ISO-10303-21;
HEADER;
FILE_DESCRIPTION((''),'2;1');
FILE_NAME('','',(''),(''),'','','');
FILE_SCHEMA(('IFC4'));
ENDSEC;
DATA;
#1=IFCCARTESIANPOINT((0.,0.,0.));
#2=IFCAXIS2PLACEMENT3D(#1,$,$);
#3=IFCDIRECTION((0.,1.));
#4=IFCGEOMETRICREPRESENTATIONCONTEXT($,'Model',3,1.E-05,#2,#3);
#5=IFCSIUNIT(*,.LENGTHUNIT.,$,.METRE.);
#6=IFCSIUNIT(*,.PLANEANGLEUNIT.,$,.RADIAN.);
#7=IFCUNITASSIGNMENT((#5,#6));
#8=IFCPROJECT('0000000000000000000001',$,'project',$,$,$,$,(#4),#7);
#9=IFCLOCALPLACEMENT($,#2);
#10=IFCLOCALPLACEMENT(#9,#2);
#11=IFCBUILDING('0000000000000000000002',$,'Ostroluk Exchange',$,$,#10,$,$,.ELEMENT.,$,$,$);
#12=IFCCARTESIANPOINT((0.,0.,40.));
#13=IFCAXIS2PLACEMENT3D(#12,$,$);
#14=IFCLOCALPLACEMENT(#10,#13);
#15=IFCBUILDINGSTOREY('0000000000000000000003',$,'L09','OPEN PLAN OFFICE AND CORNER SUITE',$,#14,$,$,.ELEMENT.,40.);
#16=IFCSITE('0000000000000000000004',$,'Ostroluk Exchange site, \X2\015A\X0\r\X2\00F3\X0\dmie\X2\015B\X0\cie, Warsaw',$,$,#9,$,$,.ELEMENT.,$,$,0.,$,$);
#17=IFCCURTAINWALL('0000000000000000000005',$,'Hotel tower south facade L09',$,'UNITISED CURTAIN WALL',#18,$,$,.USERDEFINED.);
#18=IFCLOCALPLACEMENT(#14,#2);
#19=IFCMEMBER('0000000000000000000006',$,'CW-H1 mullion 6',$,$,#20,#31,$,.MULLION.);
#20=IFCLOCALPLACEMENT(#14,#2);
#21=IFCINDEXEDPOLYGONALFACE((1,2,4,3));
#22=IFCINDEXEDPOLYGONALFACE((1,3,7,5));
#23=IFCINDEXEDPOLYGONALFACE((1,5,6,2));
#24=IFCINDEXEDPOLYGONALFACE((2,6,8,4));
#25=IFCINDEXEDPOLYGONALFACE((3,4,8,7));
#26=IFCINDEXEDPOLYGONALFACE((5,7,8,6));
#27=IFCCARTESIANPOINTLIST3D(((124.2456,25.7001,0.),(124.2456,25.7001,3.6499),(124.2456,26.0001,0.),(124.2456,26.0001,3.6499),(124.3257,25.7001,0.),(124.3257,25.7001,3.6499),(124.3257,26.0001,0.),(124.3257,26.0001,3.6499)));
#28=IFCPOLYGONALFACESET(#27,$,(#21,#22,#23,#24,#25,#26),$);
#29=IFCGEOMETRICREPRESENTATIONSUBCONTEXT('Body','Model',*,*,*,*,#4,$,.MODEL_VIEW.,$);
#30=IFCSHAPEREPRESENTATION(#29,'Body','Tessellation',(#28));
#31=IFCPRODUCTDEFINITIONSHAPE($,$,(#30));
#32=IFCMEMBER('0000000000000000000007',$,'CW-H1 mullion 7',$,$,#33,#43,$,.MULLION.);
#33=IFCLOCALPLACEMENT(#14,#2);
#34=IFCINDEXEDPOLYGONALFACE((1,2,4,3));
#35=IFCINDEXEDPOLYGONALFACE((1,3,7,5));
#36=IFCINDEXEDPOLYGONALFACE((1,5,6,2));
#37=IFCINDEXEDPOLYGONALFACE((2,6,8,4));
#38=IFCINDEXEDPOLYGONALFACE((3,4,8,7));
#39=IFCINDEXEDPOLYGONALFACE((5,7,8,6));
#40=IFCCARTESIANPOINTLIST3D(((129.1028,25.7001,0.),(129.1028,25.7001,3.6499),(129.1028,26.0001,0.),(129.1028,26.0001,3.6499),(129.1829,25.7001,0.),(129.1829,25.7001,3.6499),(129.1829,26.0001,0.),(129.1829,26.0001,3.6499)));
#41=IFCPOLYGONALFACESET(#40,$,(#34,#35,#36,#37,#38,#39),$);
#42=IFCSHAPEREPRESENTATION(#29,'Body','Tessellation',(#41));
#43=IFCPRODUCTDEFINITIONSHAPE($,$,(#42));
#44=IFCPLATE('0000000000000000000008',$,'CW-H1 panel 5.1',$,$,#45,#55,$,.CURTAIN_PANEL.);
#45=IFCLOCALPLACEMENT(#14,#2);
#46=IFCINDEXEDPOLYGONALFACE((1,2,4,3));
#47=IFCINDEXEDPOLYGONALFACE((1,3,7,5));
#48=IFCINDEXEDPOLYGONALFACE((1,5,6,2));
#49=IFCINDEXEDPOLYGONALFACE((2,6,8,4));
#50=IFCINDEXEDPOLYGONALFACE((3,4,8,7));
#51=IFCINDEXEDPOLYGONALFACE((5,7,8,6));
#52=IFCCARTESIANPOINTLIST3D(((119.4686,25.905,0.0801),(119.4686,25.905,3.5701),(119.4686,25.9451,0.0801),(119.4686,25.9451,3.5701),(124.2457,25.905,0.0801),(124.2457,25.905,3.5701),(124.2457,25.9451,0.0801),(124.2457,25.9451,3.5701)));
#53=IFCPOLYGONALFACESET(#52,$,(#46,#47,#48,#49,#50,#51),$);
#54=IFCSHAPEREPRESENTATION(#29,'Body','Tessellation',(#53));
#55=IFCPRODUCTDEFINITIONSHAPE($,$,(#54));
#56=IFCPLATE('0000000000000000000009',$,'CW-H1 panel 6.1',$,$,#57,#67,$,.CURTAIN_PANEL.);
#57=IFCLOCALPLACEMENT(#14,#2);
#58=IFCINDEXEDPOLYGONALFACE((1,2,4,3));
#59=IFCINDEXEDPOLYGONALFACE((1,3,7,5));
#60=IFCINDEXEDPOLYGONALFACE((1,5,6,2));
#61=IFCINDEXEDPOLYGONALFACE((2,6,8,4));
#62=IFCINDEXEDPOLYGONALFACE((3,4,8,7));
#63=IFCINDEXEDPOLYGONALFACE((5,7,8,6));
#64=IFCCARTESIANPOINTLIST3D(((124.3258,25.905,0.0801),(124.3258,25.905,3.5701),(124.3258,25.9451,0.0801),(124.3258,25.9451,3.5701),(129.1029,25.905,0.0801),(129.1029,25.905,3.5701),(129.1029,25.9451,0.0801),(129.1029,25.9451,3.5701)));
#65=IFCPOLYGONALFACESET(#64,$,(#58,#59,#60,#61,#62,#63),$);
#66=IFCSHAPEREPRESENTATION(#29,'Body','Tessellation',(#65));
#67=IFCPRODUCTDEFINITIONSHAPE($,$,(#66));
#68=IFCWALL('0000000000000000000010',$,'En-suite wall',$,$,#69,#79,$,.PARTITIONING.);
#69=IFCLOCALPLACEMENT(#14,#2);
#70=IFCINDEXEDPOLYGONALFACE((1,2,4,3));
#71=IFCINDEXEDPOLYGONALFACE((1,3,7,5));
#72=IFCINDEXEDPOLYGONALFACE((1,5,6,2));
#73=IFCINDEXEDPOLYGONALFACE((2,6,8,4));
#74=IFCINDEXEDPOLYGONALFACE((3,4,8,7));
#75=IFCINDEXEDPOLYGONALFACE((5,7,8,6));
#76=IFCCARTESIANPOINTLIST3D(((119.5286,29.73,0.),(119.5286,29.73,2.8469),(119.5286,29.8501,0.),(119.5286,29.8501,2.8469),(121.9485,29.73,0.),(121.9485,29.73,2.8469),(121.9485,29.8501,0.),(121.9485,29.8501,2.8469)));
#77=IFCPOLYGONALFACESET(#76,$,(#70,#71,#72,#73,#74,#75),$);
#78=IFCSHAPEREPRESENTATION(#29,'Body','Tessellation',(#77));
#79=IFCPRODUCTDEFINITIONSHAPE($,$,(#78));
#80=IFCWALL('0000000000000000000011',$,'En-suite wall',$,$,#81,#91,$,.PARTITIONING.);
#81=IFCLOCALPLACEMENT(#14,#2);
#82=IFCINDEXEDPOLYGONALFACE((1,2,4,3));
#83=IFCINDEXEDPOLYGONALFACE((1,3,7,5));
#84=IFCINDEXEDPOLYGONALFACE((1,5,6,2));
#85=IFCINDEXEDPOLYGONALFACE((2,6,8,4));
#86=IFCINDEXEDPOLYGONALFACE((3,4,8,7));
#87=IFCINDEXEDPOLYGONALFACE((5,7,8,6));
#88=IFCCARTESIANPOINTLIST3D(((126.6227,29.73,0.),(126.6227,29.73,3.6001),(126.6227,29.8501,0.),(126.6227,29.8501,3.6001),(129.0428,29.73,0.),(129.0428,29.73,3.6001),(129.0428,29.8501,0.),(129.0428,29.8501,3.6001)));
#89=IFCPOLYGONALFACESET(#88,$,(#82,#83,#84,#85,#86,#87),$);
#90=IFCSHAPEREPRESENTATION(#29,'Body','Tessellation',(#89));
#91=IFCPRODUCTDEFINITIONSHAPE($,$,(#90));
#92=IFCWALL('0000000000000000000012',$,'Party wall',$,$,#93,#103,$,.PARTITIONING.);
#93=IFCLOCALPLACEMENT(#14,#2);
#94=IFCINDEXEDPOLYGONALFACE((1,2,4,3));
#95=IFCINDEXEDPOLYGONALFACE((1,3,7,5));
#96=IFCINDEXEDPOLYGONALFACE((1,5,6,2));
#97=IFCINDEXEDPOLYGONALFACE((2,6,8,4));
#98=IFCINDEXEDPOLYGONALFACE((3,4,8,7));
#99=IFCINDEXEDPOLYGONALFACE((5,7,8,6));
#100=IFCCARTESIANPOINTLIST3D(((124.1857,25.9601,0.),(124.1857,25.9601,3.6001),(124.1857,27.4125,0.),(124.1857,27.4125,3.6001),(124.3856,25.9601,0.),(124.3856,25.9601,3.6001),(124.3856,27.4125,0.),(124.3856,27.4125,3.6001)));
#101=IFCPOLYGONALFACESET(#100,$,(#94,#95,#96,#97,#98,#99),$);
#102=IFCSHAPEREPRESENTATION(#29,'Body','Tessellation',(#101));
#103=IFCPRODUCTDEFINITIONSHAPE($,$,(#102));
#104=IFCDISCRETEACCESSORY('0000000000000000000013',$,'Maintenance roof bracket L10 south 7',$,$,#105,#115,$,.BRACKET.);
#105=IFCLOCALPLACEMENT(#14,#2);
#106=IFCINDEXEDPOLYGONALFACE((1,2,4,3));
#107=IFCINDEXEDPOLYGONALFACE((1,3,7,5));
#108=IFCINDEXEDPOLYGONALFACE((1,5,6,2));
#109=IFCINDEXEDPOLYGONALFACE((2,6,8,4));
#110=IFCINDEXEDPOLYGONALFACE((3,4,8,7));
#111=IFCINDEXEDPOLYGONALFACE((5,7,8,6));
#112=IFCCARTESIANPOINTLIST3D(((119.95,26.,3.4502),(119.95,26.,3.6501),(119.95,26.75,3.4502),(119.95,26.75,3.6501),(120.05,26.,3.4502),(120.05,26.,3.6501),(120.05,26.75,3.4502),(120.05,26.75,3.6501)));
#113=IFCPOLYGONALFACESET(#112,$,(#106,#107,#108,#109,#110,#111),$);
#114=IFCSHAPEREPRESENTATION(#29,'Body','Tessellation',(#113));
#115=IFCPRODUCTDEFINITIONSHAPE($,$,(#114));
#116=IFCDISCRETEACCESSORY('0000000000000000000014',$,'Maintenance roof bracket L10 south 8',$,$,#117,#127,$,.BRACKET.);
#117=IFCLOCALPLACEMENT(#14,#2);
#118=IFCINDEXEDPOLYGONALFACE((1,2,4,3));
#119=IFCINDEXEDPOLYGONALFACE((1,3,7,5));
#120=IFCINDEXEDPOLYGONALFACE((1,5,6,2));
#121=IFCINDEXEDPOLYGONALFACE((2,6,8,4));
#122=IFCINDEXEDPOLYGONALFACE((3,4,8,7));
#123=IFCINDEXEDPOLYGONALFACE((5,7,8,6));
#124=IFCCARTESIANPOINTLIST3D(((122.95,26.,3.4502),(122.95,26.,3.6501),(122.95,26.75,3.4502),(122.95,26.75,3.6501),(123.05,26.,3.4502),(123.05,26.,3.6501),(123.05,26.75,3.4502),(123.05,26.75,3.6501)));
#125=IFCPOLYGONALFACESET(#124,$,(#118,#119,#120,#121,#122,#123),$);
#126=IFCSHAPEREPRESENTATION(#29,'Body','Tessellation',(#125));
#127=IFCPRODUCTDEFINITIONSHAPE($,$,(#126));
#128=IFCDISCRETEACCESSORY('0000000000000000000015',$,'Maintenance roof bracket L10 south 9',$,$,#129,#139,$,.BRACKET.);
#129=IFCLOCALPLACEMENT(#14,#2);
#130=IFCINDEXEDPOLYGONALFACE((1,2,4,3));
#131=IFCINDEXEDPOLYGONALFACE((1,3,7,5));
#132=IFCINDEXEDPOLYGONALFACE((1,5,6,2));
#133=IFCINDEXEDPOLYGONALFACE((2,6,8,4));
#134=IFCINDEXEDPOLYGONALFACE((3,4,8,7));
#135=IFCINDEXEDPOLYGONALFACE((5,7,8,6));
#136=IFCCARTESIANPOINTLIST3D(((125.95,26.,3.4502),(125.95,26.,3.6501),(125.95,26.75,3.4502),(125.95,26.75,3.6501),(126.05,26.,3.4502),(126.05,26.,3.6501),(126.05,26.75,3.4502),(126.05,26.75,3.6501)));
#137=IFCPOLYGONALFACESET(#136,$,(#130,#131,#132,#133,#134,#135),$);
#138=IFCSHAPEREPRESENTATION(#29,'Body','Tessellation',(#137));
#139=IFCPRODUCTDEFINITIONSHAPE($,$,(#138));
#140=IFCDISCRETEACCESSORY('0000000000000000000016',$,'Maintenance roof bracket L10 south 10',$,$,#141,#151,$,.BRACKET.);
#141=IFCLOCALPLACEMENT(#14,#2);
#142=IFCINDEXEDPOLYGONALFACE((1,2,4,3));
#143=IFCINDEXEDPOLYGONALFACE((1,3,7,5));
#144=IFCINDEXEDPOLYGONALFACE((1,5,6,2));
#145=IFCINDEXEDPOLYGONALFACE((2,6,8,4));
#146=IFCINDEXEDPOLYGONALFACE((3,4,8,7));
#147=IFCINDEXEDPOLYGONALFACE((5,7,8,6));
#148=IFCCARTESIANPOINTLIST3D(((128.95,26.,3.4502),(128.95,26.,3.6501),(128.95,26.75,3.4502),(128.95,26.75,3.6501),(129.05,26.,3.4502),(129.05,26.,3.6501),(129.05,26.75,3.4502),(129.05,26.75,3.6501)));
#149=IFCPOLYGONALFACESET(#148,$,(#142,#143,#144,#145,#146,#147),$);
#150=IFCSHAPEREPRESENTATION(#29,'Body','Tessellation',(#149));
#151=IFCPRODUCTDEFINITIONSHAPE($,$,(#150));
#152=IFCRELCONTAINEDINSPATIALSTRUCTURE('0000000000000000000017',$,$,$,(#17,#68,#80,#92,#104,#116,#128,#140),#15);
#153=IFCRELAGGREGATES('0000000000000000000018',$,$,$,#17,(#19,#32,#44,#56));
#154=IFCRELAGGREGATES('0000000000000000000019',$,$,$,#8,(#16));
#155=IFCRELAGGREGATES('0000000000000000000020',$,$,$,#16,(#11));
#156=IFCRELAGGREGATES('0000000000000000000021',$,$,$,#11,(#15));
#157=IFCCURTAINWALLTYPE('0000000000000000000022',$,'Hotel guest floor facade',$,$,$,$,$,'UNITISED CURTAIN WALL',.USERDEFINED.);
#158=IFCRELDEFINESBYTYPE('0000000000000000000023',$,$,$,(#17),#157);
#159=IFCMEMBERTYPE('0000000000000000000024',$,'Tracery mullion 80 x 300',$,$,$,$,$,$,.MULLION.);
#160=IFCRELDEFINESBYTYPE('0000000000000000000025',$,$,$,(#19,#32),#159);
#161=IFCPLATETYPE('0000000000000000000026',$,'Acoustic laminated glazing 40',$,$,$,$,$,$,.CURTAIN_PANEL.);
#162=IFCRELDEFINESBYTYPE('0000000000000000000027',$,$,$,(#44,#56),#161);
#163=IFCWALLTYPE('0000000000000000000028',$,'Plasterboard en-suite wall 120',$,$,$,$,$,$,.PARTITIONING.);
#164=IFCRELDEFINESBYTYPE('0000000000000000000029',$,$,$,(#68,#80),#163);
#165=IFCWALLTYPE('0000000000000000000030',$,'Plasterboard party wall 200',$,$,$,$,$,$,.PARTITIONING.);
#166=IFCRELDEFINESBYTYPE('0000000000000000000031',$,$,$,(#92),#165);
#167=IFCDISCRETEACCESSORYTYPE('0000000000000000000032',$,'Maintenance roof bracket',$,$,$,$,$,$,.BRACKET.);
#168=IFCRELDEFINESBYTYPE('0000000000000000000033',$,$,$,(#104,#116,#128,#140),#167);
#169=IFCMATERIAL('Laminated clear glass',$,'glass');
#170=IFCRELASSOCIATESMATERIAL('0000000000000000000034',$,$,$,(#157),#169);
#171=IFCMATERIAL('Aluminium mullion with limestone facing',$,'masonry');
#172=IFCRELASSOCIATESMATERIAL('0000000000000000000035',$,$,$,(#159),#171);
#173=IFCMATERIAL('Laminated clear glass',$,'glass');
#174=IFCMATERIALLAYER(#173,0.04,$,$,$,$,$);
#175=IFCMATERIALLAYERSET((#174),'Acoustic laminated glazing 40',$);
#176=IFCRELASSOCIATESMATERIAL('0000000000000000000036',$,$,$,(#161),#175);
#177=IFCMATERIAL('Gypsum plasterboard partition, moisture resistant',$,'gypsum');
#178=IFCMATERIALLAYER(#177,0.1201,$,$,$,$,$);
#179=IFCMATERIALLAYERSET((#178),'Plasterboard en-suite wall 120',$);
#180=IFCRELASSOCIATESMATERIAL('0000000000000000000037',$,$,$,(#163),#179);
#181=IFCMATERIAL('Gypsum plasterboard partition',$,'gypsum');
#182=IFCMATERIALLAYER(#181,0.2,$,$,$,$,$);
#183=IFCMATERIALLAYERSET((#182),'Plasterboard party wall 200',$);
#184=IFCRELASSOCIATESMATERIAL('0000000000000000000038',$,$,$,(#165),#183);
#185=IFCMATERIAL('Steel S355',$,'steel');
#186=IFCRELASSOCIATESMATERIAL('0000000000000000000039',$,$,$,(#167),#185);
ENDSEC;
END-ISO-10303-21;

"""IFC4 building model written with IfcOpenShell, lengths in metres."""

from ifc_helpers import new_model, si_unit, direction, frame, frame_2d, origin, origin_2d, place, context, subcontext, project, spatial, rectangle, extrude, material, layer, layer_set, material_profile, profile_set, type_object, element, aggregate, save


model = new_model("IFC4")

# Units and contexts
model_context = context("Model", 3, precision=1e-05, world=origin(), true_north=direction((0.0, 1.0)))
body_context = subcontext(model_context, "Body", "Model", "MODEL_VIEW")
ifc_project = project(units=[si_unit("LENGTHUNIT", "METRE"), si_unit("PLANEANGLEUNIT", "RADIAN")], contexts=[model_context])

# Site, building, storey
site_placement = place(None, origin())
site = spatial("IfcSite", under=ifc_project, at=site_placement, Name="Ostroluk Exchange site, Śródmieście, Warsaw", CompositionType="ELEMENT", RefElevation=0.0)
building_placement = place(site_placement, origin())
building = spatial("IfcBuilding", under=site, at=building_placement, Name="Ostroluk Exchange", CompositionType="ELEMENT")
storey_placement = place(building_placement, frame((0.0, 0.0, 40.0)))
storey = spatial("IfcBuildingStorey", under=building, at=storey_placement, Name="L09", Description="OPEN PLAN OFFICE AND CORNER SUITE", CompositionType="ELEMENT", Elevation=40.0)

# Curtain wall, members, plates
ifc_material_1 = material(Name="Laminated clear glass", Category="glass")
curtain_wall_type = type_object("IfcCurtainWallType", Name="Hotel guest floor facade", ElementType="UNITISED CURTAIN WALL", PredefinedType="USERDEFINED", material=ifc_material_1)
curtain_wall_placement = place(storey_placement, origin())
curtain_wall = element("IfcCurtainWall", 1, at=curtain_wall_placement, inside=storey, type_object=curtain_wall_type, Name="Hotel tower south facade L09", ObjectType="UNITISED CURTAIN WALL", PredefinedType="USERDEFINED")
ifc_material_2 = material(Name="Aluminium mullion with limestone facing", Category="masonry")
ifc_material_profile_1 = material_profile(ifc_material_2, rectangle(XDim=0.3, YDim=0.0801, at=origin_2d()), Name="Tracery mullion 80 x 300")
ifc_profile_set_1 = profile_set([ifc_material_profile_1], Name="Aluminium mullion with limestone facing")
member_type_1 = type_object("IfcMemberType", Name="Tracery mullion 80 x 300", PredefinedType="MULLION", material=ifc_profile_set_1)
member_1_placement = place(storey_placement, frame((124.2856, 25.8501, 0.0), z_axis=(0.0, 0.0, 1.0), x_axis=(0.0, 1.0, 0.0)))
member_1 = element("IfcMember", 2, at=member_1_placement, type_object=member_type_1, Name="CW-H1 mullion 6", PredefinedType="MULLION", context=body_context, shape_type="SweptSolid", body=[
    extrude(rectangle(XDim=0.3, YDim=0.0801, at=origin_2d()), origin(), (0.0, 0.0, 1.0), 3.6499),
])
member_2_placement = place(storey_placement, frame((129.1428, 25.8501, 0.0), z_axis=(0.0, 0.0, 1.0), x_axis=(0.0, 1.0, 0.0)))
member_2 = element("IfcMember", 3, at=member_2_placement, type_object=member_type_1, Name="CW-H1 mullion 7", PredefinedType="MULLION", context=body_context, shape_type="SweptSolid", body=[
    extrude(rectangle(XDim=0.3, YDim=0.0801, at=origin_2d()), origin(), (0.0, 0.0, 1.0), 3.6499),
])
ifc_material_3 = material(Name="Laminated clear glass", Category="glass")
ifc_layer_1 = layer(ifc_material_3, 0.04)
ifc_layer_set_1 = layer_set([ifc_layer_1], Name="Acoustic laminated glazing 40")
plate_type = type_object("IfcPlateType", Name="Acoustic laminated glazing 40", PredefinedType="CURTAIN_PANEL", material=ifc_layer_set_1)
plate_1_placement = place(storey_placement, frame((121.8572, 25.925, 0.0801), z_axis=(0.0, 0.0, 1.0), x_axis=(1.0, 0.0, 0.0)))
plate_1 = element("IfcPlate", 4, at=plate_1_placement, type_object=plate_type, Name="CW-H1 panel 5.1", PredefinedType="CURTAIN_PANEL", context=body_context, shape_type="SweptSolid", body=[
    extrude(rectangle(XDim=4.7771, YDim=0.04, at=origin_2d()), origin(), (0.0, 0.0, 1.0), 3.49),
])
plate_2_placement = place(storey_placement, frame((126.7144, 25.925, 0.0801), z_axis=(0.0, 0.0, 1.0), x_axis=(1.0, 0.0, 0.0)))
plate_2 = element("IfcPlate", 5, at=plate_2_placement, type_object=plate_type, Name="CW-H1 panel 6.1", PredefinedType="CURTAIN_PANEL", context=body_context, shape_type="SweptSolid", body=[
    extrude(rectangle(XDim=4.7771, YDim=0.04, at=origin_2d()), origin(), (0.0, 0.0, 1.0), 3.49),
])
aggregate(curtain_wall, [member_1, member_2, plate_1, plate_2])

# Walls
ifc_material_4 = material(Name="Gypsum plasterboard partition, moisture resistant", Category="gypsum")
ifc_layer_2 = layer(ifc_material_4, 0.1201)
ifc_layer_set_2 = layer_set([ifc_layer_2], Name="Plasterboard en-suite wall 120")
wall_type_1 = type_object("IfcWallType", Name="Plasterboard en-suite wall 120", PredefinedType="PARTITIONING", material=ifc_layer_set_2)
wall_1_placement = place(storey_placement, frame((119.5286, 29.79, 0.0), z_axis=(0.0, 0.0, 1.0), x_axis=(1.0, 0.0, 0.0)))
element("IfcWall", 6, at=wall_1_placement, inside=storey, type_object=wall_type_1, Name="En-suite wall", PredefinedType="PARTITIONING", context=body_context, shape_type="SweptSolid", body=[
    extrude(rectangle(XDim=2.4199, YDim=0.1201, at=frame_2d((1.21, 0.0))), origin(), (0.0, 0.0, 1.0), 2.8469),
])
wall_2_placement = place(storey_placement, frame((126.6228, 29.79, 0.0), z_axis=(0.0, 0.0, 1.0), x_axis=(1.0, 0.0, 0.0)))
element("IfcWall", 7, at=wall_2_placement, inside=storey, type_object=wall_type_1, Name="En-suite wall", PredefinedType="PARTITIONING", context=body_context, shape_type="SweptSolid", body=[
    extrude(rectangle(XDim=2.4202, YDim=0.1201, at=frame_2d((1.21, 0.0))), origin(), (0.0, 0.0, 1.0), 3.6001),
])
ifc_material_5 = material(Name="Gypsum plasterboard partition", Category="gypsum")
ifc_layer_3 = layer(ifc_material_5, 0.2)
ifc_layer_set_3 = layer_set([ifc_layer_3], Name="Plasterboard party wall 200")
wall_type_2 = type_object("IfcWallType", Name="Plasterboard party wall 200", PredefinedType="PARTITIONING", material=ifc_layer_set_3)
wall_3_placement = place(storey_placement, frame((124.2856, 27.4124, 0.0), z_axis=(0.0, 0.0, 1.0), x_axis=(0.0, -1.0, 0.0)))
element("IfcWall", 8, at=wall_3_placement, inside=storey, type_object=wall_type_2, Name="Party wall", PredefinedType="PARTITIONING", context=body_context, shape_type="SweptSolid", body=[
    extrude(rectangle(XDim=1.4524, YDim=0.2, at=frame_2d((0.7261, 0.0))), origin(), (0.0, 0.0, 1.0), 3.6001),
])

# Discrete accessories
ifc_material_6 = material(Name="Steel S355", Category="steel")
discrete_accessory_type = type_object("IfcDiscreteAccessoryType", Name="Maintenance roof bracket", PredefinedType="BRACKET", material=ifc_material_6)
for number, where, z_axis, x_axis, name in (
    (9, (120.0, 26.375, 3.4502), (0.0, 0.0, 1.0), (1.0, 0.0, 0.0), "Maintenance roof bracket L10 south 7"),
    (10, (123.0, 26.375, 3.4502), (0.0, 0.0, 1.0), (1.0, 0.0, 0.0), "Maintenance roof bracket L10 south 8"),
    (11, (126.0, 26.375, 3.4502), (0.0, 0.0, 1.0), (1.0, 0.0, 0.0), "Maintenance roof bracket L10 south 9"),
    (12, (129.0, 26.375, 3.4502), (0.0, 0.0, 1.0), (1.0, 0.0, 0.0), "Maintenance roof bracket L10 south 10"),
):
    element("IfcDiscreteAccessory", number, at=place(storey_placement, frame(where, z_axis=z_axis, x_axis=x_axis)), inside=storey, type_object=discrete_accessory_type, Name=name, PredefinedType="BRACKET", context=body_context, shape_type="SweptSolid", body=[
        extrude(rectangle(XDim=0.1001, YDim=0.75, at=origin_2d()), origin(), (0.0, 0.0, 1.0), 0.2),
    ])

save(model, "model.ifc")
